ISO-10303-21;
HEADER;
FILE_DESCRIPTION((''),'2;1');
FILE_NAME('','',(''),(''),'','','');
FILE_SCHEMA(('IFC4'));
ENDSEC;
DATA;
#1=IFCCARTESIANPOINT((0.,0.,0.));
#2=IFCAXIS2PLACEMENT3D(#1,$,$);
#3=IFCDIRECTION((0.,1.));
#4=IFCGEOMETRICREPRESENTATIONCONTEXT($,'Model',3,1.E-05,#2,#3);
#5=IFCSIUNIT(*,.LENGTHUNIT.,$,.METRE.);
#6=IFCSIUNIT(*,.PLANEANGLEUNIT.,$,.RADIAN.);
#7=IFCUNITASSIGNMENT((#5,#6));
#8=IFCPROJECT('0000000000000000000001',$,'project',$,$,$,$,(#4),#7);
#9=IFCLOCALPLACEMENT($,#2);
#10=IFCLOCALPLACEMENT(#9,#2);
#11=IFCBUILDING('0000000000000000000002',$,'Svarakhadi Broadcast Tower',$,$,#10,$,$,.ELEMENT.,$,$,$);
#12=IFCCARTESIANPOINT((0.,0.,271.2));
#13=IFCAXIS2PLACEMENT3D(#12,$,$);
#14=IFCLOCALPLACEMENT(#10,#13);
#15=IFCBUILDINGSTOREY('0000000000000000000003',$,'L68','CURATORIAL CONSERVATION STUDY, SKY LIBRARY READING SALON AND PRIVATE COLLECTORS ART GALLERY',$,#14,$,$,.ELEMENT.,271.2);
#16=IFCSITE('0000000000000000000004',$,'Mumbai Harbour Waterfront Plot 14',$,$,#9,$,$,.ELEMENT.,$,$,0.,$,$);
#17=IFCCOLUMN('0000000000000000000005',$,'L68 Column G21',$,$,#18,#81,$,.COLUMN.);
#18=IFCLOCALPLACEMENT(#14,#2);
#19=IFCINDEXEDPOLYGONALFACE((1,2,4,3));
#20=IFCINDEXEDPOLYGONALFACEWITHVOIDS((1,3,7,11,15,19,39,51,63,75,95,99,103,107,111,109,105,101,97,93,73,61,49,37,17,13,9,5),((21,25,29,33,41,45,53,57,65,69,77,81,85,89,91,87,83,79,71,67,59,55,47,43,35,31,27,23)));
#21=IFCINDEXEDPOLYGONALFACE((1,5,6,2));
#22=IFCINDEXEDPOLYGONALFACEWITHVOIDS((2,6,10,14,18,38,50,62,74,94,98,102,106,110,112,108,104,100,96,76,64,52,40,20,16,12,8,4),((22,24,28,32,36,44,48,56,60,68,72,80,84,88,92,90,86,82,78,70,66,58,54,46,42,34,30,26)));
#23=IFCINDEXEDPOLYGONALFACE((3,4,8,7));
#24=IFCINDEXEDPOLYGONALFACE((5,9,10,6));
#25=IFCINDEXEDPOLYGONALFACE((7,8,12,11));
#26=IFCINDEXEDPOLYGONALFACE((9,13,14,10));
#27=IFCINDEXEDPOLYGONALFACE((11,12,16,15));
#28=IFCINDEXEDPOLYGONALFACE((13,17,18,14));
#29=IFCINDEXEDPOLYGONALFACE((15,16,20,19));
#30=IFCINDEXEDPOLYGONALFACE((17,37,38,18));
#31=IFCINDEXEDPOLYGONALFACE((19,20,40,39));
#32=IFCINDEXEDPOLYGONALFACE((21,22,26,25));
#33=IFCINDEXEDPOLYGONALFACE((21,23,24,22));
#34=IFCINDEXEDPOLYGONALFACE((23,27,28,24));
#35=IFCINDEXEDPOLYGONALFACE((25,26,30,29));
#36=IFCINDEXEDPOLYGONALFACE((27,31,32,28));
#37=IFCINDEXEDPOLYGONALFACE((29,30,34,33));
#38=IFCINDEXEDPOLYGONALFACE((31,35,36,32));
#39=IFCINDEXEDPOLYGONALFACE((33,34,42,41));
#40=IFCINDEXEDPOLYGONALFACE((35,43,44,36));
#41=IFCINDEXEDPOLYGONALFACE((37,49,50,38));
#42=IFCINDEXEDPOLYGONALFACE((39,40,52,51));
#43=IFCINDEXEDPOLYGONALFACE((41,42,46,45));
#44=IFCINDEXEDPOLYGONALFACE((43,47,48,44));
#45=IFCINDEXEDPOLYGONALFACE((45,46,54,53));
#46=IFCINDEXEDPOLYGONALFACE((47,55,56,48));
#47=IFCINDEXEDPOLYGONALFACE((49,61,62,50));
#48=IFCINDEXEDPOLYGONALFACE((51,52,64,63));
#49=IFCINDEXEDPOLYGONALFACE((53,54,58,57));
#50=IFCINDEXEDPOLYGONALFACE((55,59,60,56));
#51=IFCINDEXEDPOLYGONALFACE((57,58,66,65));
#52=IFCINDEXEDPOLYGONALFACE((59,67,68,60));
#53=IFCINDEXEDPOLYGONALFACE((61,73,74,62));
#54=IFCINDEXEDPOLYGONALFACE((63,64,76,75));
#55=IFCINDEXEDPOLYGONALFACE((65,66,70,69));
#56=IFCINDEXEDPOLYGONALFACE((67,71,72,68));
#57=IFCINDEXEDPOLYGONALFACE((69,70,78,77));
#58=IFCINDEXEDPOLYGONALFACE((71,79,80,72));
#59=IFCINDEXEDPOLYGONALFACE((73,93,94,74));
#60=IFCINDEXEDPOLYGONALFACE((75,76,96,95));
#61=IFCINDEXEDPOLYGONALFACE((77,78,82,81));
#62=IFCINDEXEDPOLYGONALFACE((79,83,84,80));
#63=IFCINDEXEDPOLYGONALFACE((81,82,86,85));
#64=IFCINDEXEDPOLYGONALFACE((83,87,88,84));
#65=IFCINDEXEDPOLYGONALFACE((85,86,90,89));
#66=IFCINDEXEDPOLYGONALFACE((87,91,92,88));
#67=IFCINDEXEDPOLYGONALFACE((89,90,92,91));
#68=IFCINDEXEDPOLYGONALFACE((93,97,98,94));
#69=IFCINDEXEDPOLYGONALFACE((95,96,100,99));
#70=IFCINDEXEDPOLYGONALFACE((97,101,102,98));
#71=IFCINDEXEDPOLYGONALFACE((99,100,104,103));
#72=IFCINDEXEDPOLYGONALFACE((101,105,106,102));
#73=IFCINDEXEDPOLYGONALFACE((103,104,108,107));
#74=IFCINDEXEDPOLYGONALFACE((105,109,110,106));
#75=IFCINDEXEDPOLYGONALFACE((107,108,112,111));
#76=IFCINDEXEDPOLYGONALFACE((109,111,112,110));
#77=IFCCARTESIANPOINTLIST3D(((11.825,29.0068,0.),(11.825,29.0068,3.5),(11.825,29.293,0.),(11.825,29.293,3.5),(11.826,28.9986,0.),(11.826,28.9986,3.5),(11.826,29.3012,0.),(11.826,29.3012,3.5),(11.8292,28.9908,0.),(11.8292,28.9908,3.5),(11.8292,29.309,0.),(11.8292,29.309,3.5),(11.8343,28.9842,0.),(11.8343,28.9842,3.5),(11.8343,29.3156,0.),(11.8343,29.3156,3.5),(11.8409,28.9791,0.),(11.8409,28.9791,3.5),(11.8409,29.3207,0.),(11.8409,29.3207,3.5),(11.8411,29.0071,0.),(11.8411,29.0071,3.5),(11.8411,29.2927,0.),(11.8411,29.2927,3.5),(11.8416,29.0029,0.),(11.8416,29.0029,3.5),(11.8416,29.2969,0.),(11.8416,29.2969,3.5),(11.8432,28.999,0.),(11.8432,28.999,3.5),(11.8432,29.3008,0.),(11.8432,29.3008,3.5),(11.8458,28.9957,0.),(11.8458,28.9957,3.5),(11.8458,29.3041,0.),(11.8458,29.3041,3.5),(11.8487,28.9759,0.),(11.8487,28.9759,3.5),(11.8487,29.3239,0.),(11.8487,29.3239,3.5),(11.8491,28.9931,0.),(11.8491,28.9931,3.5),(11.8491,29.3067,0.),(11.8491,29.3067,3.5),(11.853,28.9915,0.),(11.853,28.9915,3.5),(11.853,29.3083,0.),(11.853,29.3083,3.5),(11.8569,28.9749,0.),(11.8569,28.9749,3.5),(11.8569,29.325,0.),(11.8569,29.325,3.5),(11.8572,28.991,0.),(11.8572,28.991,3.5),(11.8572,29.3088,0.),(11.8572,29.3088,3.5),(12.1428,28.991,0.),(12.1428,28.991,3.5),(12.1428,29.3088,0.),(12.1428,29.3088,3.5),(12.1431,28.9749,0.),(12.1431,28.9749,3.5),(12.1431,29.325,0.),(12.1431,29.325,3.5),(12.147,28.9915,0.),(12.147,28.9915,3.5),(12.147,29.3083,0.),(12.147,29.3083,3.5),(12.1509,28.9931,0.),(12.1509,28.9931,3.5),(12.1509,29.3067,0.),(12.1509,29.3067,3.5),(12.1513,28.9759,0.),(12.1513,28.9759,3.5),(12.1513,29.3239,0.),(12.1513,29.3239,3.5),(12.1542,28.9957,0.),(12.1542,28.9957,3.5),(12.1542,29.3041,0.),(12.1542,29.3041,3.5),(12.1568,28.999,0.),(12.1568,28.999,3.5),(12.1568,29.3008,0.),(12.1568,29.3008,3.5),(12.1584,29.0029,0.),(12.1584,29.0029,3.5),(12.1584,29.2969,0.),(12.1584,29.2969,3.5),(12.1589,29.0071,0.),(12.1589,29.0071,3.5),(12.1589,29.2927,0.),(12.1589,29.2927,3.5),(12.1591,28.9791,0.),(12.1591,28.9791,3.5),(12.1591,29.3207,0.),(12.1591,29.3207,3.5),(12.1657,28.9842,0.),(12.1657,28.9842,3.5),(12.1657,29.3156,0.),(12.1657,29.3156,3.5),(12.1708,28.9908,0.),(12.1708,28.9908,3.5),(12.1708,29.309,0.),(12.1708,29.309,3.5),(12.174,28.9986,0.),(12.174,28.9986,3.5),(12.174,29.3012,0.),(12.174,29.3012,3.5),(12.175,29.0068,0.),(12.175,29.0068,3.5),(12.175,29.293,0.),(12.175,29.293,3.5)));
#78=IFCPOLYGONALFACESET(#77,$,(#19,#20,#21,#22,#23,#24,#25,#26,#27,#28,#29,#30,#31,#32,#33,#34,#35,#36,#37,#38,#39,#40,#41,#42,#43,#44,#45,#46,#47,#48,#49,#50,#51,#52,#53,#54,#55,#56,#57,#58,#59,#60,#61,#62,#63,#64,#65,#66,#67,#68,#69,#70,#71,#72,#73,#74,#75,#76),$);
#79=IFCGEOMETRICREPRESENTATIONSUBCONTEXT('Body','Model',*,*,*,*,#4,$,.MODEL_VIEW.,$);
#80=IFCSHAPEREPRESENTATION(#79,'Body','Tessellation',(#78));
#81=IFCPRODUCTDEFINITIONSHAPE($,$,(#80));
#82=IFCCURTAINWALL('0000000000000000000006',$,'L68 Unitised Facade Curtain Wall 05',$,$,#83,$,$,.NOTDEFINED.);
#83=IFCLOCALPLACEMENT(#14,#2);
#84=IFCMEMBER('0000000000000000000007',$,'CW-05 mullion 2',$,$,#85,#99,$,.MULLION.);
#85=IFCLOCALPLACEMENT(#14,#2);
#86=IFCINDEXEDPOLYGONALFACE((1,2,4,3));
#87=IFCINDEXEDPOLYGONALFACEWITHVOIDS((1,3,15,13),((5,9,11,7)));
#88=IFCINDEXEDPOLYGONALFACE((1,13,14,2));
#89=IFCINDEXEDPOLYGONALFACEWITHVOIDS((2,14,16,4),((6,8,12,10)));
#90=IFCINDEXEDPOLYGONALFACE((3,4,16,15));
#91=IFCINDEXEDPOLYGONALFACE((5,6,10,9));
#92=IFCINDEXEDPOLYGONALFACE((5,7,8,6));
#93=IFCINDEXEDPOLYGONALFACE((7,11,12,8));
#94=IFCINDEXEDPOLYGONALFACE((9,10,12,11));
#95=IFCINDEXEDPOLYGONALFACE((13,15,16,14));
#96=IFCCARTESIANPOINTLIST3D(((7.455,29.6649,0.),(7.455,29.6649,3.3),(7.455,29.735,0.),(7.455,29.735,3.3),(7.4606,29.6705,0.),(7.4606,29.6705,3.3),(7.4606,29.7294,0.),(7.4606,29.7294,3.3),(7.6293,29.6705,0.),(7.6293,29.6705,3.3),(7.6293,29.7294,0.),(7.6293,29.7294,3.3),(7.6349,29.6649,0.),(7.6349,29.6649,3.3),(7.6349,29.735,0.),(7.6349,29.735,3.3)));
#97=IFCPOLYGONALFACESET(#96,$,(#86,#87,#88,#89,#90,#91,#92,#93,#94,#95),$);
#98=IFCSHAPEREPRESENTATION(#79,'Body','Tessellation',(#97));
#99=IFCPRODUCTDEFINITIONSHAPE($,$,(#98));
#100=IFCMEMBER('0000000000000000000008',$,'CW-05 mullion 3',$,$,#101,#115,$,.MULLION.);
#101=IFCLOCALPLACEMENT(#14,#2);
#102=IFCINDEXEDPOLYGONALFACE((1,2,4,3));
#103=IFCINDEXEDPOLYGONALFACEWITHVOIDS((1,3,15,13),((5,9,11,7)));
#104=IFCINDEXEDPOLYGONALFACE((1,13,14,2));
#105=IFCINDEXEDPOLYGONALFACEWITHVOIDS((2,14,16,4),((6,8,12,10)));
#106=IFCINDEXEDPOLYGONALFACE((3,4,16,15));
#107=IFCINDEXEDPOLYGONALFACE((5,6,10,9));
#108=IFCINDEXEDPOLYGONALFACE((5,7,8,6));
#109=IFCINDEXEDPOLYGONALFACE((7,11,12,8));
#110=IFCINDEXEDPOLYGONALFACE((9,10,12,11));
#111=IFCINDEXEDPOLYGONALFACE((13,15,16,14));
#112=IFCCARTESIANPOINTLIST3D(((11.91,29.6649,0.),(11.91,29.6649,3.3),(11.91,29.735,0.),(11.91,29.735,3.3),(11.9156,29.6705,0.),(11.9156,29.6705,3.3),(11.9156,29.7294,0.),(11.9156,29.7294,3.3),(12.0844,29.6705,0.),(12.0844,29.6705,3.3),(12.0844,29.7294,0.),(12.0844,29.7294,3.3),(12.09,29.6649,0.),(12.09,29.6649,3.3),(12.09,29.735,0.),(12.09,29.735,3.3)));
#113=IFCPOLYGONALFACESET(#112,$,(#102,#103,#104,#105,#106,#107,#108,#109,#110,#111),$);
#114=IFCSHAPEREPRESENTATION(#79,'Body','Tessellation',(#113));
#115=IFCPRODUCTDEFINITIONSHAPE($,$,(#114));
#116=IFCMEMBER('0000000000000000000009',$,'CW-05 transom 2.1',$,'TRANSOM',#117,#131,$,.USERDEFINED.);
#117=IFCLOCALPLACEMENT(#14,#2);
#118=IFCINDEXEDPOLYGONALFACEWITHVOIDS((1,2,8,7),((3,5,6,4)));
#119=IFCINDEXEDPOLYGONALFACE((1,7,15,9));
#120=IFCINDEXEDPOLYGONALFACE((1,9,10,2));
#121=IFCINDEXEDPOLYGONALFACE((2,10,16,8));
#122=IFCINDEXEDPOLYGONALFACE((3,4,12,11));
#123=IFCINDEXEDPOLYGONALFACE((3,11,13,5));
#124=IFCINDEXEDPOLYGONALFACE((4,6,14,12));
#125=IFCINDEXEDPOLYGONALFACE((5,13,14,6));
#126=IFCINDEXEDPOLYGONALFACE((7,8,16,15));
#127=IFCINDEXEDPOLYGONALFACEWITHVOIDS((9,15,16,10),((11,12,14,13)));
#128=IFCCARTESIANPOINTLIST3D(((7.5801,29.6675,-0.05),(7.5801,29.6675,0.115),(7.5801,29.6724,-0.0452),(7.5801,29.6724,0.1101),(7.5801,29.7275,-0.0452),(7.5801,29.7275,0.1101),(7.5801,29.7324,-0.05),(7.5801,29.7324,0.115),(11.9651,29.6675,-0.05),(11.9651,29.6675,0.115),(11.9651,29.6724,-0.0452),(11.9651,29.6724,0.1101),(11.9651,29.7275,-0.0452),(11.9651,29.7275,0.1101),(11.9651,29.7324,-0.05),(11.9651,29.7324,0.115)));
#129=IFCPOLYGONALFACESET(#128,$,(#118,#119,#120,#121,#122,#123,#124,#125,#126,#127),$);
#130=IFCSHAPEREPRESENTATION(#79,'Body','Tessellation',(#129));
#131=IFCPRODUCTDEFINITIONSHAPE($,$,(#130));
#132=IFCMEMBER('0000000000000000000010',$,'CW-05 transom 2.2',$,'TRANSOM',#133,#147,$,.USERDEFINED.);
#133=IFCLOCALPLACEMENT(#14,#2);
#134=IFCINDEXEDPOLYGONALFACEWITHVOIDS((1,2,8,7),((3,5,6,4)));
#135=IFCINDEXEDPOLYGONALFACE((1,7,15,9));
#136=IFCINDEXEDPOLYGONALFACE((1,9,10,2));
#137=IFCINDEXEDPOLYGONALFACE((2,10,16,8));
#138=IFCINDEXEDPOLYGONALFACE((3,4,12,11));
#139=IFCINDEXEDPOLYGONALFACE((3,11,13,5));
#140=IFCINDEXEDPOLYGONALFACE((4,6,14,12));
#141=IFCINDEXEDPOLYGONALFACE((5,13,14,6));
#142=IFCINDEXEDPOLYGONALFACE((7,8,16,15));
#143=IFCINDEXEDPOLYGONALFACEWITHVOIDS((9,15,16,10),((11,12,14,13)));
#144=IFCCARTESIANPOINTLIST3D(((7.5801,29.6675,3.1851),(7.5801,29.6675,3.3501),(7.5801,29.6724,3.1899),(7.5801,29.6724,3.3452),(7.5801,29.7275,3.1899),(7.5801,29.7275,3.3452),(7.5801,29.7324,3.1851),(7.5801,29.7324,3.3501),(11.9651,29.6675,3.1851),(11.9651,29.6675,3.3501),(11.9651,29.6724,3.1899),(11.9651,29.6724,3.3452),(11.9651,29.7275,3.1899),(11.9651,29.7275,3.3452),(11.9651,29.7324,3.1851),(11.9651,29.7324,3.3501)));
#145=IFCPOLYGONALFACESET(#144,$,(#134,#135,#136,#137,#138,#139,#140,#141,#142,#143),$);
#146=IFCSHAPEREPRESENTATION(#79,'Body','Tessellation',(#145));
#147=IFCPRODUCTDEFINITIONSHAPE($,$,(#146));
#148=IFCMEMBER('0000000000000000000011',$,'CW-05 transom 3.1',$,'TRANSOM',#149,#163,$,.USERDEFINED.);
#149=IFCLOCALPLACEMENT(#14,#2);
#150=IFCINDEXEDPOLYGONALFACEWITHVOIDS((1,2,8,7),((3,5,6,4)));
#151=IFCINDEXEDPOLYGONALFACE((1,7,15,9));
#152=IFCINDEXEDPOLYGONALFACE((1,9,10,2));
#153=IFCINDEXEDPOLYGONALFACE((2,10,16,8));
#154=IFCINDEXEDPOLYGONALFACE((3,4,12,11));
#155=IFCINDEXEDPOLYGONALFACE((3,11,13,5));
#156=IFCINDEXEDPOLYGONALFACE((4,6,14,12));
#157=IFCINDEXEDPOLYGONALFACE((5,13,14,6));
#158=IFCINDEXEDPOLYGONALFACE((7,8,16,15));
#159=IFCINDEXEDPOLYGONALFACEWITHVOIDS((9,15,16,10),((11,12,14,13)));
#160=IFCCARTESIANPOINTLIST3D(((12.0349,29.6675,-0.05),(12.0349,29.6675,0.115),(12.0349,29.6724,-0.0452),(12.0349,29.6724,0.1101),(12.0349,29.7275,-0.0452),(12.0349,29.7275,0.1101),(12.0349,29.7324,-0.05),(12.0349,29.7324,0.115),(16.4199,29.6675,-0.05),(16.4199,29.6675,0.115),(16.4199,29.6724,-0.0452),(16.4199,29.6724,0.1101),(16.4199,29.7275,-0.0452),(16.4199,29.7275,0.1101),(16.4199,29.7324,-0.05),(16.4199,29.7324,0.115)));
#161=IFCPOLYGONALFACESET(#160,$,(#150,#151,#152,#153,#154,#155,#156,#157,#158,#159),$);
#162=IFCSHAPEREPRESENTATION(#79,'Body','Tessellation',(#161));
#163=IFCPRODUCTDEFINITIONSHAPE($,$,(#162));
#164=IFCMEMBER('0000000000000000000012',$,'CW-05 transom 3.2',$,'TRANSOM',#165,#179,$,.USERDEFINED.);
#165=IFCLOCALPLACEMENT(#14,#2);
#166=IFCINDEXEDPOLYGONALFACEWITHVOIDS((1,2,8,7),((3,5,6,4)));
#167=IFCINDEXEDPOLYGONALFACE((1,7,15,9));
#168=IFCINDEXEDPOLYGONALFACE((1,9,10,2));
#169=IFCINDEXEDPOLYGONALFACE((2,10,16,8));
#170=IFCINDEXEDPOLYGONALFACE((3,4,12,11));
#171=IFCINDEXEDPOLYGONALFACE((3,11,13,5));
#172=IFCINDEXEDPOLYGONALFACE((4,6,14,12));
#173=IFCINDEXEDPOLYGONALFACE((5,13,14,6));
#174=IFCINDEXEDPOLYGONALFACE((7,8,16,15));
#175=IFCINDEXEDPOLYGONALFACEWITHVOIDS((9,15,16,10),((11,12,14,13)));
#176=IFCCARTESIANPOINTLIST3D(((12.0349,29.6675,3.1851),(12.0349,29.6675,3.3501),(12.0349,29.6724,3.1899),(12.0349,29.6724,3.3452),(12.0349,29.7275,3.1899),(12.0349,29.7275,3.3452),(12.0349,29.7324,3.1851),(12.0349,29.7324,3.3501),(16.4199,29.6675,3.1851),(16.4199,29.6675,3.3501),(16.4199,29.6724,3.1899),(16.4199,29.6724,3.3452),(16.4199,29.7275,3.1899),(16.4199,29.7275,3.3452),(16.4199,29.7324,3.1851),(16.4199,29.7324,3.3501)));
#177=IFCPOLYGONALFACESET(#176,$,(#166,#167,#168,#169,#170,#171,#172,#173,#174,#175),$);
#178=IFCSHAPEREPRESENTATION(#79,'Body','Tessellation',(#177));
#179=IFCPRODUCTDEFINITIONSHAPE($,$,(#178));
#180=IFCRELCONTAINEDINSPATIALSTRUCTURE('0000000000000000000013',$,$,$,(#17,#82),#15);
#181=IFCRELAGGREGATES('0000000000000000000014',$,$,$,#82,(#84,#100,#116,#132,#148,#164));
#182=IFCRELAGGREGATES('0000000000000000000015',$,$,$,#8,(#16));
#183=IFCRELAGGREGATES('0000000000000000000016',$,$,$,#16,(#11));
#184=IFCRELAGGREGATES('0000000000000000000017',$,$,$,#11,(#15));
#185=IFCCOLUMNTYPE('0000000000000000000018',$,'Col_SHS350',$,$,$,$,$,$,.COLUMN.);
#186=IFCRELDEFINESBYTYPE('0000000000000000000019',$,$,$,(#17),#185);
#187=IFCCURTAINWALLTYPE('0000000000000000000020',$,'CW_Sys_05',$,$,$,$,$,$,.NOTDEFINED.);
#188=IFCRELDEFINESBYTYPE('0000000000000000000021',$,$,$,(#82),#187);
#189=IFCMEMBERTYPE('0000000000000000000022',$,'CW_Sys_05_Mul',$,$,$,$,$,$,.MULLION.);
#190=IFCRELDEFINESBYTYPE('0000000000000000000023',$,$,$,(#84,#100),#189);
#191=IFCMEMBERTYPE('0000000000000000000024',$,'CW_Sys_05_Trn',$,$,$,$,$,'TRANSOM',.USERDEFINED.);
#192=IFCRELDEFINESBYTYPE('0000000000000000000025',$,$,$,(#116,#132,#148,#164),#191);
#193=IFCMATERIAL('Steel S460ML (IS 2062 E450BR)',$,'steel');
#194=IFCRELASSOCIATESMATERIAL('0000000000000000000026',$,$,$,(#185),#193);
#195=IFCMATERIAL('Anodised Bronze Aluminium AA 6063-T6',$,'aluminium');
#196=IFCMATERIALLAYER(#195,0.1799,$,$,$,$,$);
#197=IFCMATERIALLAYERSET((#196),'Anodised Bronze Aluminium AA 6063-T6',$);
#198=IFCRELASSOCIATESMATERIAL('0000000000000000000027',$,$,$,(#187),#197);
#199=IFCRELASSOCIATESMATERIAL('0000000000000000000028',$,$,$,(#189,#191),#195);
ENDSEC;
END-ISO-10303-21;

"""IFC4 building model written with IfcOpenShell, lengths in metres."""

from ifc_helpers import new_model, si_unit, direction, frame, origin, origin_2d, place, context, subcontext, project, spatial, hollow_rectangle, extrude, material, layer, layer_set, material_profile, profile_set, type_object, element, aggregate, save


model = new_model("IFC4")

# Units and contexts
model_context = context("Model", 3, precision=1e-05, world=origin(), true_north=direction((0.0, 1.0)))
body_context = subcontext(model_context, "Body", "Model", "MODEL_VIEW")
ifc_project = project(units=[si_unit("LENGTHUNIT", "METRE"), si_unit("PLANEANGLEUNIT", "RADIAN")], contexts=[model_context])

# Site, building, storey
site_placement = place(None, origin())
site = spatial("IfcSite", under=ifc_project, at=site_placement, Name="Mumbai Harbour Waterfront Plot 14", CompositionType="ELEMENT", RefElevation=0.0)
building_placement = place(site_placement, origin())
building = spatial("IfcBuilding", under=site, at=building_placement, Name="Svarakhadi Broadcast Tower", CompositionType="ELEMENT")
storey_placement = place(building_placement, frame((0.0, 0.0, 271.2)))
storey = spatial("IfcBuildingStorey", under=building, at=storey_placement, Name="L68", Description="CURATORIAL CONSERVATION STUDY, SKY LIBRARY READING SALON AND PRIVATE COLLECTORS ART GALLERY", CompositionType="ELEMENT", Elevation=271.2)

# Column
ifc_material_1 = material(Name="Steel S460ML (IS 2062 E450BR)", Category="steel")
ifc_material_profile_1 = material_profile(ifc_material_1, hollow_rectangle(XDim=0.3501, YDim=0.3501, WallThickness=0.0161, InnerFilletRadius=0.0161, OuterFilletRadius=0.032, at=origin_2d()), Name="SHS 350x350x16")
ifc_profile_set_1 = profile_set([ifc_material_profile_1], Name="Steel S460ML (IS 2062 E450BR)")
column_type = type_object("IfcColumnType", Name="Col_SHS350", PredefinedType="COLUMN", material=ifc_profile_set_1)
column_placement = place(storey_placement, frame((12.0, 29.1499, 0.0), z_axis=(0.0, 0.0, 1.0), x_axis=(1.0, 0.0, 0.0)))
element("IfcColumn", 1, at=column_placement, inside=storey, type_object=column_type, Name="L68 Column G21", PredefinedType="COLUMN", context=body_context, shape_type="SweptSolid", body=[
    extrude(hollow_rectangle(XDim=0.3501, YDim=0.3501, WallThickness=0.0161, InnerFilletRadius=0.0161, OuterFilletRadius=0.032, at=origin_2d()), origin(), (0.0, 0.0, 1.0), 3.5),
])

# Curtain wall, members
ifc_material_2 = material(Name="Anodised Bronze Aluminium AA 6063-T6", Category="aluminium")
ifc_layer_1 = layer(ifc_material_2, 0.1799)
ifc_layer_set_1 = layer_set([ifc_layer_1], Name="Anodised Bronze Aluminium AA 6063-T6")
curtain_wall_type = type_object("IfcCurtainWallType", Name="CW_Sys_05", PredefinedType="NOTDEFINED", material=ifc_layer_set_1)
curtain_wall_placement = place(storey_placement, origin())
curtain_wall = element("IfcCurtainWall", 2, at=curtain_wall_placement, inside=storey, type_object=curtain_wall_type, Name="L68 Unitised Facade Curtain Wall 05", PredefinedType="NOTDEFINED")
ifc_material_profile_2 = material_profile(ifc_material_2, hollow_rectangle(XDim=0.0701, YDim=0.1799, WallThickness=0.0056, at=origin_2d()), Name="ALU MULLION 180x70x6")
ifc_profile_set_2 = profile_set([ifc_material_profile_2], Name="Anodised Bronze Aluminium AA 6063-T6")
member_type_1 = type_object("IfcMemberType", Name="CW_Sys_05_Mul", PredefinedType="MULLION", material=ifc_profile_set_2)
member_1_placement = place(storey_placement, frame((7.5449, 29.7, 0.0), z_axis=(0.0, 0.0, 1.0), x_axis=(0.0, 1.0, 0.0)))
member_1 = element("IfcMember", 3, at=member_1_placement, type_object=member_type_1, Name="CW-05 mullion 2", PredefinedType="MULLION", context=body_context, shape_type="SweptSolid", body=[
    extrude(hollow_rectangle(XDim=0.0701, YDim=0.1799, WallThickness=0.0056, at=origin_2d()), origin(), (0.0, 0.0, 1.0), 3.3),
])
member_2_placement = place(storey_placement, frame((12.0, 29.7, 0.0), z_axis=(0.0, 0.0, 1.0), x_axis=(0.0, 1.0, 0.0)))
member_2 = element("IfcMember", 4, at=member_2_placement, type_object=member_type_1, Name="CW-05 mullion 3", PredefinedType="MULLION", context=body_context, shape_type="SweptSolid", body=[
    extrude(hollow_rectangle(XDim=0.0701, YDim=0.1799, WallThickness=0.0056, at=origin_2d()), origin(), (0.0, 0.0, 1.0), 3.3),
])
ifc_material_profile_3 = material_profile(ifc_material_2, hollow_rectangle(XDim=0.0649, YDim=0.165, WallThickness=0.0049, at=origin_2d()), Name="ALU TRANSOM 165x65x5")
ifc_profile_set_3 = profile_set([ifc_material_profile_3], Name="Anodised Bronze Aluminium AA 6063-T6")
member_type_2 = type_object("IfcMemberType", Name="CW_Sys_05_Trn", ElementType="TRANSOM", PredefinedType="USERDEFINED", material=ifc_profile_set_3)
member_3_placement = place(storey_placement, frame((7.5801, 29.7, 0.0325), z_axis=(1.0, 0.0, 0.0), x_axis=(0.0, 1.0, 0.0)))
member_3 = element("IfcMember", 5, at=member_3_placement, type_object=member_type_2, Name="CW-05 transom 2.1", ObjectType="TRANSOM", PredefinedType="USERDEFINED", context=body_context, shape_type="SweptSolid", body=[
    extrude(hollow_rectangle(XDim=0.0649, YDim=0.165, WallThickness=0.0049, at=origin_2d()), origin(), (0.0, 0.0, 1.0), 4.385),
])
member_4_placement = place(storey_placement, frame((7.5801, 29.7, 3.2676), z_axis=(1.0, 0.0, 0.0), x_axis=(0.0, 1.0, 0.0)))
member_4 = element("IfcMember", 6, at=member_4_placement, type_object=member_type_2, Name="CW-05 transom 2.2", ObjectType="TRANSOM", PredefinedType="USERDEFINED", context=body_context, shape_type="SweptSolid", body=[
    extrude(hollow_rectangle(XDim=0.0649, YDim=0.165, WallThickness=0.0049, at=origin_2d()), origin(), (0.0, 0.0, 1.0), 4.385),
])
member_5_placement = place(storey_placement, frame((12.0349, 29.7, 0.0325), z_axis=(1.0, 0.0, 0.0), x_axis=(0.0, 1.0, 0.0)))
member_5 = element("IfcMember", 7, at=member_5_placement, type_object=member_type_2, Name="CW-05 transom 3.1", ObjectType="TRANSOM", PredefinedType="USERDEFINED", context=body_context, shape_type="SweptSolid", body=[
    extrude(hollow_rectangle(XDim=0.0649, YDim=0.165, WallThickness=0.0049, at=origin_2d()), origin(), (0.0, 0.0, 1.0), 4.385),
])
member_6_placement = place(storey_placement, frame((12.0349, 29.7, 3.2676), z_axis=(1.0, 0.0, 0.0), x_axis=(0.0, 1.0, 0.0)))
member_6 = element("IfcMember", 8, at=member_6_placement, type_object=member_type_2, Name="CW-05 transom 3.2", ObjectType="TRANSOM", PredefinedType="USERDEFINED", context=body_context, shape_type="SweptSolid", body=[
    extrude(hollow_rectangle(XDim=0.0649, YDim=0.165, WallThickness=0.0049, at=origin_2d()), origin(), (0.0, 0.0, 1.0), 4.385),
])

aggregate(curtain_wall, [member_1, member_2, member_3, member_4, member_5, member_6])

save(model, "model.ifc")
